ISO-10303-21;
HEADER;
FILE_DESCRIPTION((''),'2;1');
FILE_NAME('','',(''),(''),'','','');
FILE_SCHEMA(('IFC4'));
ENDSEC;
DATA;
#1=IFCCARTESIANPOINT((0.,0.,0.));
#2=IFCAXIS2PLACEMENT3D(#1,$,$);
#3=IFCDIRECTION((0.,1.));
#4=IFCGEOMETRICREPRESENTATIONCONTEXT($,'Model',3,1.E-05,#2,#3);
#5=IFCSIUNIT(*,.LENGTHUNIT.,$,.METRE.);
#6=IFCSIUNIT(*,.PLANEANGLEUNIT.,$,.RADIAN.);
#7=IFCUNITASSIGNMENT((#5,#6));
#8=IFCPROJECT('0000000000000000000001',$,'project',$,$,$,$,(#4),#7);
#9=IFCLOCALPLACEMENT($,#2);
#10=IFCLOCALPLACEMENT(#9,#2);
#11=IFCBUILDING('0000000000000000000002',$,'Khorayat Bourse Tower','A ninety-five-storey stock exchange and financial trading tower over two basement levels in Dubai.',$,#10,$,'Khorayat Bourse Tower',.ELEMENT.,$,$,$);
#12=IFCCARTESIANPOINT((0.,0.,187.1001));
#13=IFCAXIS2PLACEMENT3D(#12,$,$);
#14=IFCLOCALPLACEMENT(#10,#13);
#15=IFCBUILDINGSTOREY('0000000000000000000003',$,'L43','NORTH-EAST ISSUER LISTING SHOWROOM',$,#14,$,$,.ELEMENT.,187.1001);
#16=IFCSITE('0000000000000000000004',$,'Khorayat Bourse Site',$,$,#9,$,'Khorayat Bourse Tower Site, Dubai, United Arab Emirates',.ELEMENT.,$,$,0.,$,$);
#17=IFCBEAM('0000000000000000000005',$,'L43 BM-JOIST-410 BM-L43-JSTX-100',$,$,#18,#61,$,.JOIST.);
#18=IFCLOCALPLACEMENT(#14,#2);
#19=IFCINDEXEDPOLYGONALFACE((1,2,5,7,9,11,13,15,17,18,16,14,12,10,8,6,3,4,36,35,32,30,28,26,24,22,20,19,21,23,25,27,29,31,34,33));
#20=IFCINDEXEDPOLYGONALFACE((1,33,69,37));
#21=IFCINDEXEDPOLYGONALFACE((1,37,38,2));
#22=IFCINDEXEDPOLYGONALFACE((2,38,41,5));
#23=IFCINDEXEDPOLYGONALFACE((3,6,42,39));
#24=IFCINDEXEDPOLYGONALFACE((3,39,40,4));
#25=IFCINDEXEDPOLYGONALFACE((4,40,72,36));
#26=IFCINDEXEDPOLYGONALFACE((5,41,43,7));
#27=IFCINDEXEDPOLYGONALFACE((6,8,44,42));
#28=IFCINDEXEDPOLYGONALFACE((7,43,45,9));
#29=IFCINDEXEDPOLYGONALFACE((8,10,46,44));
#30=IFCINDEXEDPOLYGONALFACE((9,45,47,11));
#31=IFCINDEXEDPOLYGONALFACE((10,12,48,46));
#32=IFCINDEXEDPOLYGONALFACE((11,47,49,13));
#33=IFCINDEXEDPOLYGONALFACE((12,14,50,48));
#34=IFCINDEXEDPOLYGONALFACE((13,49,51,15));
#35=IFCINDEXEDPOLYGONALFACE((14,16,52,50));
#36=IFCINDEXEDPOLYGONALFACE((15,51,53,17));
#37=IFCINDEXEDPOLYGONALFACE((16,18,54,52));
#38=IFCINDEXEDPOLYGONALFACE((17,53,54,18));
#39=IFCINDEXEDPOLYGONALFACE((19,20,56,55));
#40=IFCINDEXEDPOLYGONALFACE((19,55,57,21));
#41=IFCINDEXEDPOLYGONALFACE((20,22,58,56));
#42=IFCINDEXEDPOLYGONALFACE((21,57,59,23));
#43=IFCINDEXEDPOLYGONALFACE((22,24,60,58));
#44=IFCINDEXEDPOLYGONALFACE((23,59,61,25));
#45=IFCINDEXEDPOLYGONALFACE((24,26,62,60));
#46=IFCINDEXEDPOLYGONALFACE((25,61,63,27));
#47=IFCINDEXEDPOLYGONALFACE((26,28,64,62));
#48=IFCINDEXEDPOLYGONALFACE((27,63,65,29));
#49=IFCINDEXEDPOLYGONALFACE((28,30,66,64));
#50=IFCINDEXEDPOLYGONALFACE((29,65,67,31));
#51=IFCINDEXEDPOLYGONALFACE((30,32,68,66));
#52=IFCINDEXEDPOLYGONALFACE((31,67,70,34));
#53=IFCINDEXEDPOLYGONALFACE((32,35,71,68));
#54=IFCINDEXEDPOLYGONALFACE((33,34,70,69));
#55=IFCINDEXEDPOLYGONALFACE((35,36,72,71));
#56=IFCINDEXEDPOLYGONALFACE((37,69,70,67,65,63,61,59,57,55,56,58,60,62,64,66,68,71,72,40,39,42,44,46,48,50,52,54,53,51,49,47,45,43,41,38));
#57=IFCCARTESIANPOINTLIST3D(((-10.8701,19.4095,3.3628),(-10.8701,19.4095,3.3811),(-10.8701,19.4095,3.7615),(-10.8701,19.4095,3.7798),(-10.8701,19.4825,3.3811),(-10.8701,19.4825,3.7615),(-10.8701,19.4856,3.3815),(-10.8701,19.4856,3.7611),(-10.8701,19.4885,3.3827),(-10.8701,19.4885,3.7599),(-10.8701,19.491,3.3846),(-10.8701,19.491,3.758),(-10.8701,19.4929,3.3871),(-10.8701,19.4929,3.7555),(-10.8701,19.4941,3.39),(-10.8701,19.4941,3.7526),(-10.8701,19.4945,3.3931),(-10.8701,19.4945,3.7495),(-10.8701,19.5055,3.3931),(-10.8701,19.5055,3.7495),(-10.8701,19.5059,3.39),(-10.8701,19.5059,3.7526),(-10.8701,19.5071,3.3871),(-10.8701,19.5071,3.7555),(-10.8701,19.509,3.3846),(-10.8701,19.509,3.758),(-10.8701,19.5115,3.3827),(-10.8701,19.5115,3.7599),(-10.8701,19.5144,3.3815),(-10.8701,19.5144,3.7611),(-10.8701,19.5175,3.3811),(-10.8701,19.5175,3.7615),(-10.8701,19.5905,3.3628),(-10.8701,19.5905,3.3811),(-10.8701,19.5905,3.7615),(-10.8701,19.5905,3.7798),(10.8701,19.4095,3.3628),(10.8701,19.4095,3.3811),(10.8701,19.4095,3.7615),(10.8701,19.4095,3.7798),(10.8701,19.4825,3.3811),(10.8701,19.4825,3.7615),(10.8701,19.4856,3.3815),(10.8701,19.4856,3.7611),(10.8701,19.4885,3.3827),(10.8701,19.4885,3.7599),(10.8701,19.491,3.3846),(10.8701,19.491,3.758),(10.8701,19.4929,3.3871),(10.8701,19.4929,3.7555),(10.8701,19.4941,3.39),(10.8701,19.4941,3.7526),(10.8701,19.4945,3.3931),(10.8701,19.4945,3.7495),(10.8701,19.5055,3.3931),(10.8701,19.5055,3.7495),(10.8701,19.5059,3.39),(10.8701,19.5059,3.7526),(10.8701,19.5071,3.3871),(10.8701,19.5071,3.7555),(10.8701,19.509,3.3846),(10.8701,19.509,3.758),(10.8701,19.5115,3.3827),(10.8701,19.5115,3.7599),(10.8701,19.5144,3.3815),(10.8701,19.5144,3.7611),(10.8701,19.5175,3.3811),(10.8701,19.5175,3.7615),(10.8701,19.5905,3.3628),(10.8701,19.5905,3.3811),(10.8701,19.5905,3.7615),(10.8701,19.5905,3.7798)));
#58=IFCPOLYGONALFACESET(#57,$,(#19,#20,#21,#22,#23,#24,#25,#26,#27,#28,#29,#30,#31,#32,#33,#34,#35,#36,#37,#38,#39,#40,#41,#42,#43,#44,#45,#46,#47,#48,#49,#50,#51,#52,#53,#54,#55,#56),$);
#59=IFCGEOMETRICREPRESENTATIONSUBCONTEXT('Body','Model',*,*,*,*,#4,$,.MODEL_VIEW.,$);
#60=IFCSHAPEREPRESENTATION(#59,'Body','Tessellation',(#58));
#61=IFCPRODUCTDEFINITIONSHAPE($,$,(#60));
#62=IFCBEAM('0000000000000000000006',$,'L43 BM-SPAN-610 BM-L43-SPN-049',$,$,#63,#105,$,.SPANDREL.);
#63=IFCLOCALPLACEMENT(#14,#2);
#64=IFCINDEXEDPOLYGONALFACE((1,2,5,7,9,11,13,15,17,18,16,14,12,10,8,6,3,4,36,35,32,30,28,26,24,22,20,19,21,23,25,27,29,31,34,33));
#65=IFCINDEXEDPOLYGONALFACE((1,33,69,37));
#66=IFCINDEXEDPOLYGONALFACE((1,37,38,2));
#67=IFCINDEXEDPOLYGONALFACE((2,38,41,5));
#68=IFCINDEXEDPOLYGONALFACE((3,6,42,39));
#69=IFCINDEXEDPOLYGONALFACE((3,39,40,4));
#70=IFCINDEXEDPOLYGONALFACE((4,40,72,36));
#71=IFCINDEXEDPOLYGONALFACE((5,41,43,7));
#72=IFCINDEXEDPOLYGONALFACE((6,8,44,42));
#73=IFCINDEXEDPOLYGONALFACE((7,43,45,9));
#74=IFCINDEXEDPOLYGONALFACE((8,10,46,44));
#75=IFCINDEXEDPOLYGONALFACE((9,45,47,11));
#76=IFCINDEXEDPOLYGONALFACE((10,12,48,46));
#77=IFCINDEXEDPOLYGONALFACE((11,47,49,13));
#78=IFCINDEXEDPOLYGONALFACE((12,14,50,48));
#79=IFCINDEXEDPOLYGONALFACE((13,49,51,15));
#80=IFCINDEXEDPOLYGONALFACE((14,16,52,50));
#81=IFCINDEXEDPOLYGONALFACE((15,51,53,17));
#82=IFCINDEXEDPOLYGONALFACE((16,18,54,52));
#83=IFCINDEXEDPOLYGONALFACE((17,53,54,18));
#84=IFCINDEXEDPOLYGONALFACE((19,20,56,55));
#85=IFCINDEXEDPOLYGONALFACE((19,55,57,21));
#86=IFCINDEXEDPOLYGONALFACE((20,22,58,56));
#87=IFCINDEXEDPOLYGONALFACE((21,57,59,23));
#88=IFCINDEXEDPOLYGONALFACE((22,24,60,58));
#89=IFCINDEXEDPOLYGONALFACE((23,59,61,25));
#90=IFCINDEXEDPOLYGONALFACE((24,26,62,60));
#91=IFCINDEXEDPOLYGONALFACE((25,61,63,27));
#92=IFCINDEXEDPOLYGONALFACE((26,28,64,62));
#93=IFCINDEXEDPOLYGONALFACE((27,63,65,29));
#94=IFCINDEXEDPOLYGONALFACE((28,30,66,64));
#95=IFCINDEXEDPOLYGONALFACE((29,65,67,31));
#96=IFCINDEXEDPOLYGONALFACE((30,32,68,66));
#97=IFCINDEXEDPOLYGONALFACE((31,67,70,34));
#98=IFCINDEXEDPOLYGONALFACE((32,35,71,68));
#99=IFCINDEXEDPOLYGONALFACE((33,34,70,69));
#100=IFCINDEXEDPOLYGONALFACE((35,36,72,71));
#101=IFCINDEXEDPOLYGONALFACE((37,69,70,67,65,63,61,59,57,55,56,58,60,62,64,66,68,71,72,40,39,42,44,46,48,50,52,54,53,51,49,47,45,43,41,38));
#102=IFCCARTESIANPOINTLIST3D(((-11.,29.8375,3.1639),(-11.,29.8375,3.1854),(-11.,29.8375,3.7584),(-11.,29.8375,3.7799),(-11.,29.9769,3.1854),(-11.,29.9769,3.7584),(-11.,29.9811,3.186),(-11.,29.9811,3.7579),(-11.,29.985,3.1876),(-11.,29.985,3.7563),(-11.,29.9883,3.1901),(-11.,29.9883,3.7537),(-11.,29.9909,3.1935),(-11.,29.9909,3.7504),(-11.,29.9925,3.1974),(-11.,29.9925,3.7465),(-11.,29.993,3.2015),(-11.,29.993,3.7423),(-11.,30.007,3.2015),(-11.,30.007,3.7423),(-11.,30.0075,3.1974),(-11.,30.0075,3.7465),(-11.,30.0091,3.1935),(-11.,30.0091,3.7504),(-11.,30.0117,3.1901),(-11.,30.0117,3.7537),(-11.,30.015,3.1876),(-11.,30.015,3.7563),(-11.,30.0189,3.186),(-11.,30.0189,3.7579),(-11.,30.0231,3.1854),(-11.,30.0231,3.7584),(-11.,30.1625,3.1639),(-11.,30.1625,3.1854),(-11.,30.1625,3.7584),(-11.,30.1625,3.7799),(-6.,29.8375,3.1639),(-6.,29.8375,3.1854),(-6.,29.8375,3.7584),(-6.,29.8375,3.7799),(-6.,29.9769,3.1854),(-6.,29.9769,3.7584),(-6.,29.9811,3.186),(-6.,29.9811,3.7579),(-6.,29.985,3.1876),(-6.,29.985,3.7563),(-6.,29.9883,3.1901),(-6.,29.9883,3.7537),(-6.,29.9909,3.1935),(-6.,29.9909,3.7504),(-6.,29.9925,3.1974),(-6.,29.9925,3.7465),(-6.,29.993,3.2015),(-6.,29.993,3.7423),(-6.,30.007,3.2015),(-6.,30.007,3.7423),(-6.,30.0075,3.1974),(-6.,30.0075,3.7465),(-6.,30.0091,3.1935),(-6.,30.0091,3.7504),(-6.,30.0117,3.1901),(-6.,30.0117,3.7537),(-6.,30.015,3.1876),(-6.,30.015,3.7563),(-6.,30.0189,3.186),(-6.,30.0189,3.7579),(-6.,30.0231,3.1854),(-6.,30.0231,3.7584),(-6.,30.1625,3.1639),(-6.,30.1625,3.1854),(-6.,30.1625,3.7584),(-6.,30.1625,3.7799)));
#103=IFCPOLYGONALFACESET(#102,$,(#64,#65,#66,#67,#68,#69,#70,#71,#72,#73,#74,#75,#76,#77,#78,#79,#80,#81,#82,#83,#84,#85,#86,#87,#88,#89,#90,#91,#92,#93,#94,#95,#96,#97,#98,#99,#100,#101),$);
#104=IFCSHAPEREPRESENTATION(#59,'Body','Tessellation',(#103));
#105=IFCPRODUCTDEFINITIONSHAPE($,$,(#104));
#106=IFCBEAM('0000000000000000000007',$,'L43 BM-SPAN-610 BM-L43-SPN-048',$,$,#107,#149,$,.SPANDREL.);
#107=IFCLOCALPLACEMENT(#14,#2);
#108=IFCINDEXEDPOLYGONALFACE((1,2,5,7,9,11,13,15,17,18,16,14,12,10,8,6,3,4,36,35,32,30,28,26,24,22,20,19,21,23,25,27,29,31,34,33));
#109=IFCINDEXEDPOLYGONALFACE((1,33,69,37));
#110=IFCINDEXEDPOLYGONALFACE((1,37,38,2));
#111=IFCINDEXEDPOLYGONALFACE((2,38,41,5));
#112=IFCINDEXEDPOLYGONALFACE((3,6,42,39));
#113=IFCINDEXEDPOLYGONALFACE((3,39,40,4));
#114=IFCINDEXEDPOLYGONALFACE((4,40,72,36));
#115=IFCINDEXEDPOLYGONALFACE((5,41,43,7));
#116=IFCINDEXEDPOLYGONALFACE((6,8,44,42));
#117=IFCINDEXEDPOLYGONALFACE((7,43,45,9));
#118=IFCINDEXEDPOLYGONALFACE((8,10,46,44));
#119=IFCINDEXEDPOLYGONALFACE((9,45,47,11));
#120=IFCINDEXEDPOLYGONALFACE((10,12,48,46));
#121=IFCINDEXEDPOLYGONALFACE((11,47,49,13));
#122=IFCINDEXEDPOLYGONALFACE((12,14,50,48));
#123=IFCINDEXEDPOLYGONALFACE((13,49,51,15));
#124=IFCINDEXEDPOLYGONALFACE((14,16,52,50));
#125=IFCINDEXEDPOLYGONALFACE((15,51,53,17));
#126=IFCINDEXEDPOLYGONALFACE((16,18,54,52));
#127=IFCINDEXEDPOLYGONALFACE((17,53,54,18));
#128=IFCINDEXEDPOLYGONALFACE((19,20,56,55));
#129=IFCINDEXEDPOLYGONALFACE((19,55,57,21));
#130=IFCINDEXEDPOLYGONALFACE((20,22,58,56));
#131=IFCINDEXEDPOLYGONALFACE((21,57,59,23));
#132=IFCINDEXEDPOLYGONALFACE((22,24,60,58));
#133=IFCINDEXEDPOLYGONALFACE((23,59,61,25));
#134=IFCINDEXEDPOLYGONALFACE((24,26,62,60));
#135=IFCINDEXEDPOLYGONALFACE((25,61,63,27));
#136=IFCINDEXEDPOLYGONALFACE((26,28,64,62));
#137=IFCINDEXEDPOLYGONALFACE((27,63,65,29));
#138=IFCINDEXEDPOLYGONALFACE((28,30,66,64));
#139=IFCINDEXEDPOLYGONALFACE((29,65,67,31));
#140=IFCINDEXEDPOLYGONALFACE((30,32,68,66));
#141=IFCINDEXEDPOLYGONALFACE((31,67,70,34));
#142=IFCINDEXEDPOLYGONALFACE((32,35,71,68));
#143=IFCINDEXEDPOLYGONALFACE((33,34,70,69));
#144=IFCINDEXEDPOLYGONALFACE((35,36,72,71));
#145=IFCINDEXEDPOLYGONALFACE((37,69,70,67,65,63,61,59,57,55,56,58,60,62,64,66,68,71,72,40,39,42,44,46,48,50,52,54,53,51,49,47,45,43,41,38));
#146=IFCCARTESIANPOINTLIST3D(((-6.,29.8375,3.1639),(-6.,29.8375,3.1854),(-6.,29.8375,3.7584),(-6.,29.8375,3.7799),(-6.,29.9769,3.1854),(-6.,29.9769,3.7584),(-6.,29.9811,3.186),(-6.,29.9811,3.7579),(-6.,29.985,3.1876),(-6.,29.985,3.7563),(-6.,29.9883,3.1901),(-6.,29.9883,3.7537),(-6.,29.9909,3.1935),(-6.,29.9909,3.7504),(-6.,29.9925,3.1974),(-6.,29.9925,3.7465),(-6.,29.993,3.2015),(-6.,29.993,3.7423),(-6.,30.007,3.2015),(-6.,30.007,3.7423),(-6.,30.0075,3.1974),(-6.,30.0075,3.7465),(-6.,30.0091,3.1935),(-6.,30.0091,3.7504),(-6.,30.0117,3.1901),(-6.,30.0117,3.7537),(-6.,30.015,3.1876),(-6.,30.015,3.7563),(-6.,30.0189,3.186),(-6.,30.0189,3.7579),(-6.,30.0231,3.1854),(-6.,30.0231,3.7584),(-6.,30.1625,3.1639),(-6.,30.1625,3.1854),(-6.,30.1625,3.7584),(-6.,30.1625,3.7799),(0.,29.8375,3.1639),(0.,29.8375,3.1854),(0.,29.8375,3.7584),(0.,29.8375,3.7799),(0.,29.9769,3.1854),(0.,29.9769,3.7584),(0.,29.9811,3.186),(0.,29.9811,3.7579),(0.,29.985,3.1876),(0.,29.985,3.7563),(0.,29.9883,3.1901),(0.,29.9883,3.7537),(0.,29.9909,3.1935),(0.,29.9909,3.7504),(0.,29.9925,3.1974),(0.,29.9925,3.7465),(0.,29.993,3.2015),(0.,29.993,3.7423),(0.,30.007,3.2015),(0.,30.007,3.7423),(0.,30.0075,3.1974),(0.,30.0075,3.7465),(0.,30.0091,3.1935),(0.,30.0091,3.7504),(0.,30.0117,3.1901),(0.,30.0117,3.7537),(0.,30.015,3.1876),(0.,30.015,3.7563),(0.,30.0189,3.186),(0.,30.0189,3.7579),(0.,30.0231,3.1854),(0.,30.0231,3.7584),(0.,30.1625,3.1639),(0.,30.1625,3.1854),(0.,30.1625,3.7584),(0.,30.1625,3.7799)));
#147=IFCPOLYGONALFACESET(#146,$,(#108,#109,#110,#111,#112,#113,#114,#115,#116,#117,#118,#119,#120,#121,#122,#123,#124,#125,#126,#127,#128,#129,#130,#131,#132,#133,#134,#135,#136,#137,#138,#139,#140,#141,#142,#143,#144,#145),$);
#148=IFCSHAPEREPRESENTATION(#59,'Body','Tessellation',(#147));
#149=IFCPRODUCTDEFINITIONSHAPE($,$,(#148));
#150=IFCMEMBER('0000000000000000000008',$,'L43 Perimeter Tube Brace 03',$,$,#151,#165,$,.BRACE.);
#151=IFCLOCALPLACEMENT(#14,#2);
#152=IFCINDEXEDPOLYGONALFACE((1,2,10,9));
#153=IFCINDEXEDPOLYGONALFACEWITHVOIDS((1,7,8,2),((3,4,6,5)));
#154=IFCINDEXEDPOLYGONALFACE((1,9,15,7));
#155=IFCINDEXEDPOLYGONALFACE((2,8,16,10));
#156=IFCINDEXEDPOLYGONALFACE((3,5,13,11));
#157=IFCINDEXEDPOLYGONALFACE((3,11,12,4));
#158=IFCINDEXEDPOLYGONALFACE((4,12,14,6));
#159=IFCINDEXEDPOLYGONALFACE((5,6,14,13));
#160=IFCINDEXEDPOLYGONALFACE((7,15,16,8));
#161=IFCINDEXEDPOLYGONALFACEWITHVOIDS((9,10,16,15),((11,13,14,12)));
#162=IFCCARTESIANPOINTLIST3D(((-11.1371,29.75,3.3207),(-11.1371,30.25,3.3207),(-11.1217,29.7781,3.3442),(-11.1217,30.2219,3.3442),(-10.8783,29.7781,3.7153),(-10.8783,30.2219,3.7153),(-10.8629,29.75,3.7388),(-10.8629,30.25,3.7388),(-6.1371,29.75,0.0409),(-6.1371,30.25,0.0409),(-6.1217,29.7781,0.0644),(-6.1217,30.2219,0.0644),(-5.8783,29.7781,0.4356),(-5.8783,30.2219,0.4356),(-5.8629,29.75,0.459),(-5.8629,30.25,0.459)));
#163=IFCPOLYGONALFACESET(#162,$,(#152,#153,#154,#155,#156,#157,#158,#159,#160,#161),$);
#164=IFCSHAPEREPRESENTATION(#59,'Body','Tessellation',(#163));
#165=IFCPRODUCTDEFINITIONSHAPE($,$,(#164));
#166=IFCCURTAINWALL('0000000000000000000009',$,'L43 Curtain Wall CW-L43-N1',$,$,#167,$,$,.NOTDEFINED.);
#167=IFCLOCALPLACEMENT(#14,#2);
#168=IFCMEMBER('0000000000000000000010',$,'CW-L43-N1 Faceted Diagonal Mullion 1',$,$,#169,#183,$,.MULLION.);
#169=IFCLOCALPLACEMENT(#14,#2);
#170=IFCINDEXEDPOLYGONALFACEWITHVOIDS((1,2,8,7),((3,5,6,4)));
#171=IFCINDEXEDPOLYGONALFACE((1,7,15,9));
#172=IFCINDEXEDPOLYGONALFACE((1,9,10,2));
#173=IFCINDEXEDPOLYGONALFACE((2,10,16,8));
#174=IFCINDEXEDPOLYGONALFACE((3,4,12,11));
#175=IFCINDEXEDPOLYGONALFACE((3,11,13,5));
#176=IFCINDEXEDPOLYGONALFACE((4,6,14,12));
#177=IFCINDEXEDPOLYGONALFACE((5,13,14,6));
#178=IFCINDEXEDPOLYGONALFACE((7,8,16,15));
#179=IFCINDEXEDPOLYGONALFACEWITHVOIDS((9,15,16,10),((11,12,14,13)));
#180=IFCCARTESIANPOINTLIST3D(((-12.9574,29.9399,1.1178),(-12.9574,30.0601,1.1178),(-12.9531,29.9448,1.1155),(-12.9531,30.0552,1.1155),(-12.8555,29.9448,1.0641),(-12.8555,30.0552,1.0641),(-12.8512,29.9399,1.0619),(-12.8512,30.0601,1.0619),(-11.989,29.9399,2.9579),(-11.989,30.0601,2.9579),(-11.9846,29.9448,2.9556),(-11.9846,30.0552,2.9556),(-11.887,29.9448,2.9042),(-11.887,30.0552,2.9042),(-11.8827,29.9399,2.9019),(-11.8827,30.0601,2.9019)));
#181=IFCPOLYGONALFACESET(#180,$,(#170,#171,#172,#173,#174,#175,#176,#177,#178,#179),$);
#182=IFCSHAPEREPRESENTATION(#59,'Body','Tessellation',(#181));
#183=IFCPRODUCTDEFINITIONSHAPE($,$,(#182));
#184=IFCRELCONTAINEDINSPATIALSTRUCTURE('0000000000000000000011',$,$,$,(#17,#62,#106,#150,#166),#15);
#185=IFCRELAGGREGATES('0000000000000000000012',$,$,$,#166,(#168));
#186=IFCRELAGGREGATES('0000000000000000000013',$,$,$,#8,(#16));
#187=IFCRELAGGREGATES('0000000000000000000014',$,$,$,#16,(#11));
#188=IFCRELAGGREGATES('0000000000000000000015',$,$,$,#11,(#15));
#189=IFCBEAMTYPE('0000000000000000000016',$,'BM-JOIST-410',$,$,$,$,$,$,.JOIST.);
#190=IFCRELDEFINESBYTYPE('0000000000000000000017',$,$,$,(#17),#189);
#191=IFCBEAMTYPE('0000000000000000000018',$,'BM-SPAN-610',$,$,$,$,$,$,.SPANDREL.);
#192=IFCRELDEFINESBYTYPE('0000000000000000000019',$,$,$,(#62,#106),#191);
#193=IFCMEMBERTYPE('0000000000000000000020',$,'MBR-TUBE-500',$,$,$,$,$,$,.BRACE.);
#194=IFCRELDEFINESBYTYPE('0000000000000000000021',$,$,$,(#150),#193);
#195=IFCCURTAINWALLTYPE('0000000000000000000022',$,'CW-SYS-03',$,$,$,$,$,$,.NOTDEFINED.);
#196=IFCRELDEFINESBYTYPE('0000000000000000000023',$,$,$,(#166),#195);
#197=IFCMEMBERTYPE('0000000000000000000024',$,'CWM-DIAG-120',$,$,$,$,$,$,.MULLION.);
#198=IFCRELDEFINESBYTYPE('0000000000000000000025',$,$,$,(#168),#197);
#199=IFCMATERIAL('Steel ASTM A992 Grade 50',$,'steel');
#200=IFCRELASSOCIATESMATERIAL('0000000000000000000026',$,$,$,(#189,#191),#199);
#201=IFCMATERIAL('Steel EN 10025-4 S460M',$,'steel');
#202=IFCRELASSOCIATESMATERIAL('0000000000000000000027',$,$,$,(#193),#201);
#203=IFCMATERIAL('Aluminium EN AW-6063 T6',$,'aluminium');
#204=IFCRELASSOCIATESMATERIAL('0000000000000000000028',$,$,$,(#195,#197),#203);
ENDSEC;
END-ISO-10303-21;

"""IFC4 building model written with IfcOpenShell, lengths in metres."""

from ifc_helpers import new_model, si_unit, direction, frame, origin, origin_2d, place, context, subcontext, project, spatial, hollow_rectangle, i_section, extrude, source, transform, mapped, material, material_profile, profile_set, type_object, element, aggregate, save


model = new_model("IFC4")

# Units and contexts
model_context = context("Model", 3, precision=1e-05, world=origin(), true_north=direction((0.0, 1.0)))
body_context = subcontext(model_context, "Body", "Model", "MODEL_VIEW")
ifc_project = project(units=[si_unit("LENGTHUNIT", "METRE"), si_unit("PLANEANGLEUNIT", "RADIAN")], contexts=[model_context])

# Site, building, storey
site_placement = place(None, origin())
site = spatial("IfcSite", under=ifc_project, at=site_placement, Name="Khorayat Bourse Site", LongName="Khorayat Bourse Tower Site, Dubai, United Arab Emirates", CompositionType="ELEMENT", RefElevation=0.0)
building_placement = place(site_placement, origin())
building = spatial("IfcBuilding", under=site, at=building_placement, Name="Khorayat Bourse Tower", Description="A ninety-five-storey stock exchange and financial trading tower over two basement levels in Dubai.", LongName="Khorayat Bourse Tower", CompositionType="ELEMENT")
storey_placement = place(building_placement, frame((0.0, 0.0, 187.1001)))
storey = spatial("IfcBuildingStorey", under=building, at=storey_placement, Name="L43", Description="NORTH-EAST ISSUER LISTING SHOWROOM", CompositionType="ELEMENT", Elevation=187.1001)

# Shared definitions
ifc_material_1 = material(Name="Steel EN 10025-4 S460M", Category="steel")

# Beams
ifc_material_2 = material(Name="Steel ASTM A992 Grade 50", Category="steel")
ifc_material_profile_1 = material_profile(ifc_material_2, i_section(OverallWidth=0.1809, OverallDepth=0.417, WebThickness=0.011, FlangeThickness=0.0183, FilletRadius=0.012, at=origin_2d()), Name="W410X85")
ifc_profile_set_1 = profile_set([ifc_material_profile_1], Name="Steel ASTM A992 Grade 50")
beam_type_1 = type_object("IfcBeamType", Name="BM-JOIST-410", PredefinedType="JOIST", material=ifc_profile_set_1)
shared_shape_1 = source(origin(), body_context, "Body", "SweptSolid", [
    extrude(i_section(OverallWidth=0.1809, OverallDepth=0.417, WebThickness=0.011, FlangeThickness=0.0183, FilletRadius=0.012, at=origin_2d()), origin(), (0.0, 0.0, 1.0), 21.7402),
])
beam_1_placement = place(storey_placement, frame((-10.8701, 19.5, 3.5713), z_axis=(1.0, 0.0, 0.0), x_axis=(0.0, 1.0, 0.0)))
element("IfcBeam", 1, at=beam_1_placement, inside=storey, type_object=beam_type_1, Name="L43 BM-JOIST-410 BM-L43-JSTX-100", PredefinedType="JOIST", context=body_context, shape_type="MappedRepresentation", body=[
    mapped(shared_shape_1, transform((0.0, 0.0, 0.0), scale=1.0)),
])
ifc_material_profile_2 = material_profile(ifc_material_2, i_section(OverallWidth=0.325, OverallDepth=0.616, WebThickness=0.0139, FlangeThickness=0.0215, FilletRadius=0.0161, at=origin_2d()), Name="W610X174")
ifc_profile_set_2 = profile_set([ifc_material_profile_2], Name="Steel ASTM A992 Grade 50")
beam_type_2 = type_object("IfcBeamType", Name="BM-SPAN-610", PredefinedType="SPANDREL", material=ifc_profile_set_2)
shared_shape_2 = source(origin(), body_context, "Body", "SweptSolid", [
    extrude(i_section(OverallWidth=0.325, OverallDepth=0.616, WebThickness=0.0139, FlangeThickness=0.0215, FilletRadius=0.0161, at=origin_2d()), origin(), (0.0, 0.0, 1.0), 5.0),
])
beam_2_placement = place(storey_placement, frame((-11.0, 30.0, 3.4719), z_axis=(1.0, 0.0, 0.0), x_axis=(0.0, 1.0, 0.0)))
element("IfcBeam", 2, at=beam_2_placement, inside=storey, type_object=beam_type_2, Name="L43 BM-SPAN-610 BM-L43-SPN-049", PredefinedType="SPANDREL", context=body_context, shape_type="MappedRepresentation", body=[
    mapped(shared_shape_2, transform((0.0, 0.0, 0.0), scale=1.0)),
])
shared_shape_3 = source(origin(), body_context, "Body", "SweptSolid", [
    extrude(i_section(OverallWidth=0.325, OverallDepth=0.616, WebThickness=0.0139, FlangeThickness=0.0215, FilletRadius=0.0161, at=origin_2d()), origin(), (0.0, 0.0, 1.0), 6.0),
])
beam_3_placement = place(storey_placement, frame((-6.0, 30.0, 3.4719), z_axis=(1.0, 0.0, 0.0), x_axis=(0.0, 1.0, 0.0)))
element("IfcBeam", 3, at=beam_3_placement, inside=storey, type_object=beam_type_2, Name="L43 BM-SPAN-610 BM-L43-SPN-048", PredefinedType="SPANDREL", context=body_context, shape_type="MappedRepresentation", body=[
    mapped(shared_shape_3, transform((0.0, 0.0, 0.0), scale=1.0)),
])

# Member
ifc_material_profile_3 = material_profile(ifc_material_1, hollow_rectangle(XDim=0.5, YDim=0.5, WallThickness=0.0281, at=origin_2d()), Name="HSS 500x500x28")
ifc_profile_set_3 = profile_set([ifc_material_profile_3], Name="Steel EN 10025-4 S460M")
member_type_1 = type_object("IfcMemberType", Name="MBR-TUBE-500", PredefinedType="BRACE", material=ifc_profile_set_3)
shared_shape_4 = source(origin(), body_context, "Body", "SweptSolid", [
    extrude(hollow_rectangle(XDim=0.5, YDim=0.5, WallThickness=0.0281, at=origin_2d()), origin(), (0.0, 0.0, 1.0), 5.9797),
])
member_1_placement = place(storey_placement, frame((-11.0, 30.0, 3.5298), z_axis=(0.83616, 0.0, -0.548485), x_axis=(0.0, 1.0, 0.0)))
element("IfcMember", 4, at=member_1_placement, inside=storey, type_object=member_type_1, Name="L43 Perimeter Tube Brace 03", PredefinedType="BRACE", context=body_context, shape_type="MappedRepresentation", body=[
    mapped(shared_shape_4, transform((0.0, 0.0, 0.0), scale=1.0)),
])

# Curtain wall, member
ifc_material_3 = material(Name="Aluminium EN AW-6063 T6", Category="aluminium")
curtain_wall_type = type_object("IfcCurtainWallType", Name="CW-SYS-03", PredefinedType="NOTDEFINED", material=ifc_material_3)
curtain_wall_placement = place(storey_placement, origin())
curtain_wall = element("IfcCurtainWall", 5, at=curtain_wall_placement, inside=storey, type_object=curtain_wall_type, Name="L43 Curtain Wall CW-L43-N1", PredefinedType="NOTDEFINED")
ifc_material_profile_4 = material_profile(ifc_material_3, hollow_rectangle(XDim=0.1201, YDim=0.1201, WallThickness=0.0049, at=origin_2d()), Name="ALU 120x120x5")
ifc_profile_set_4 = profile_set([ifc_material_profile_4], Name="Aluminium EN AW-6063 T6")
member_type_2 = type_object("IfcMemberType", Name="CWM-DIAG-120", PredefinedType="MULLION", material=ifc_profile_set_4)
shared_shape_5 = source(origin(), body_context, "Body", "SweptSolid", [
    extrude(hollow_rectangle(XDim=0.1201, YDim=0.1201, WallThickness=0.0049, at=origin_2d()), origin(), (0.0, 0.0, 1.0), 2.0793),
])
member_2_placement = place(storey_placement, frame((-12.9043, 30.0, 1.0898), z_axis=(0.465761, 0.0, 0.884911), x_axis=(0.0, 1.0, 0.0)))
member_2 = element("IfcMember", 6, at=member_2_placement, type_object=member_type_2, Name="CW-L43-N1 Faceted Diagonal Mullion 1", PredefinedType="MULLION", context=body_context, shape_type="MappedRepresentation", body=[
    mapped(shared_shape_5, transform((0.0, 0.0, 0.0), scale=1.0)),
])

aggregate(curtain_wall, [member_2])

save(model, "model.ifc")
